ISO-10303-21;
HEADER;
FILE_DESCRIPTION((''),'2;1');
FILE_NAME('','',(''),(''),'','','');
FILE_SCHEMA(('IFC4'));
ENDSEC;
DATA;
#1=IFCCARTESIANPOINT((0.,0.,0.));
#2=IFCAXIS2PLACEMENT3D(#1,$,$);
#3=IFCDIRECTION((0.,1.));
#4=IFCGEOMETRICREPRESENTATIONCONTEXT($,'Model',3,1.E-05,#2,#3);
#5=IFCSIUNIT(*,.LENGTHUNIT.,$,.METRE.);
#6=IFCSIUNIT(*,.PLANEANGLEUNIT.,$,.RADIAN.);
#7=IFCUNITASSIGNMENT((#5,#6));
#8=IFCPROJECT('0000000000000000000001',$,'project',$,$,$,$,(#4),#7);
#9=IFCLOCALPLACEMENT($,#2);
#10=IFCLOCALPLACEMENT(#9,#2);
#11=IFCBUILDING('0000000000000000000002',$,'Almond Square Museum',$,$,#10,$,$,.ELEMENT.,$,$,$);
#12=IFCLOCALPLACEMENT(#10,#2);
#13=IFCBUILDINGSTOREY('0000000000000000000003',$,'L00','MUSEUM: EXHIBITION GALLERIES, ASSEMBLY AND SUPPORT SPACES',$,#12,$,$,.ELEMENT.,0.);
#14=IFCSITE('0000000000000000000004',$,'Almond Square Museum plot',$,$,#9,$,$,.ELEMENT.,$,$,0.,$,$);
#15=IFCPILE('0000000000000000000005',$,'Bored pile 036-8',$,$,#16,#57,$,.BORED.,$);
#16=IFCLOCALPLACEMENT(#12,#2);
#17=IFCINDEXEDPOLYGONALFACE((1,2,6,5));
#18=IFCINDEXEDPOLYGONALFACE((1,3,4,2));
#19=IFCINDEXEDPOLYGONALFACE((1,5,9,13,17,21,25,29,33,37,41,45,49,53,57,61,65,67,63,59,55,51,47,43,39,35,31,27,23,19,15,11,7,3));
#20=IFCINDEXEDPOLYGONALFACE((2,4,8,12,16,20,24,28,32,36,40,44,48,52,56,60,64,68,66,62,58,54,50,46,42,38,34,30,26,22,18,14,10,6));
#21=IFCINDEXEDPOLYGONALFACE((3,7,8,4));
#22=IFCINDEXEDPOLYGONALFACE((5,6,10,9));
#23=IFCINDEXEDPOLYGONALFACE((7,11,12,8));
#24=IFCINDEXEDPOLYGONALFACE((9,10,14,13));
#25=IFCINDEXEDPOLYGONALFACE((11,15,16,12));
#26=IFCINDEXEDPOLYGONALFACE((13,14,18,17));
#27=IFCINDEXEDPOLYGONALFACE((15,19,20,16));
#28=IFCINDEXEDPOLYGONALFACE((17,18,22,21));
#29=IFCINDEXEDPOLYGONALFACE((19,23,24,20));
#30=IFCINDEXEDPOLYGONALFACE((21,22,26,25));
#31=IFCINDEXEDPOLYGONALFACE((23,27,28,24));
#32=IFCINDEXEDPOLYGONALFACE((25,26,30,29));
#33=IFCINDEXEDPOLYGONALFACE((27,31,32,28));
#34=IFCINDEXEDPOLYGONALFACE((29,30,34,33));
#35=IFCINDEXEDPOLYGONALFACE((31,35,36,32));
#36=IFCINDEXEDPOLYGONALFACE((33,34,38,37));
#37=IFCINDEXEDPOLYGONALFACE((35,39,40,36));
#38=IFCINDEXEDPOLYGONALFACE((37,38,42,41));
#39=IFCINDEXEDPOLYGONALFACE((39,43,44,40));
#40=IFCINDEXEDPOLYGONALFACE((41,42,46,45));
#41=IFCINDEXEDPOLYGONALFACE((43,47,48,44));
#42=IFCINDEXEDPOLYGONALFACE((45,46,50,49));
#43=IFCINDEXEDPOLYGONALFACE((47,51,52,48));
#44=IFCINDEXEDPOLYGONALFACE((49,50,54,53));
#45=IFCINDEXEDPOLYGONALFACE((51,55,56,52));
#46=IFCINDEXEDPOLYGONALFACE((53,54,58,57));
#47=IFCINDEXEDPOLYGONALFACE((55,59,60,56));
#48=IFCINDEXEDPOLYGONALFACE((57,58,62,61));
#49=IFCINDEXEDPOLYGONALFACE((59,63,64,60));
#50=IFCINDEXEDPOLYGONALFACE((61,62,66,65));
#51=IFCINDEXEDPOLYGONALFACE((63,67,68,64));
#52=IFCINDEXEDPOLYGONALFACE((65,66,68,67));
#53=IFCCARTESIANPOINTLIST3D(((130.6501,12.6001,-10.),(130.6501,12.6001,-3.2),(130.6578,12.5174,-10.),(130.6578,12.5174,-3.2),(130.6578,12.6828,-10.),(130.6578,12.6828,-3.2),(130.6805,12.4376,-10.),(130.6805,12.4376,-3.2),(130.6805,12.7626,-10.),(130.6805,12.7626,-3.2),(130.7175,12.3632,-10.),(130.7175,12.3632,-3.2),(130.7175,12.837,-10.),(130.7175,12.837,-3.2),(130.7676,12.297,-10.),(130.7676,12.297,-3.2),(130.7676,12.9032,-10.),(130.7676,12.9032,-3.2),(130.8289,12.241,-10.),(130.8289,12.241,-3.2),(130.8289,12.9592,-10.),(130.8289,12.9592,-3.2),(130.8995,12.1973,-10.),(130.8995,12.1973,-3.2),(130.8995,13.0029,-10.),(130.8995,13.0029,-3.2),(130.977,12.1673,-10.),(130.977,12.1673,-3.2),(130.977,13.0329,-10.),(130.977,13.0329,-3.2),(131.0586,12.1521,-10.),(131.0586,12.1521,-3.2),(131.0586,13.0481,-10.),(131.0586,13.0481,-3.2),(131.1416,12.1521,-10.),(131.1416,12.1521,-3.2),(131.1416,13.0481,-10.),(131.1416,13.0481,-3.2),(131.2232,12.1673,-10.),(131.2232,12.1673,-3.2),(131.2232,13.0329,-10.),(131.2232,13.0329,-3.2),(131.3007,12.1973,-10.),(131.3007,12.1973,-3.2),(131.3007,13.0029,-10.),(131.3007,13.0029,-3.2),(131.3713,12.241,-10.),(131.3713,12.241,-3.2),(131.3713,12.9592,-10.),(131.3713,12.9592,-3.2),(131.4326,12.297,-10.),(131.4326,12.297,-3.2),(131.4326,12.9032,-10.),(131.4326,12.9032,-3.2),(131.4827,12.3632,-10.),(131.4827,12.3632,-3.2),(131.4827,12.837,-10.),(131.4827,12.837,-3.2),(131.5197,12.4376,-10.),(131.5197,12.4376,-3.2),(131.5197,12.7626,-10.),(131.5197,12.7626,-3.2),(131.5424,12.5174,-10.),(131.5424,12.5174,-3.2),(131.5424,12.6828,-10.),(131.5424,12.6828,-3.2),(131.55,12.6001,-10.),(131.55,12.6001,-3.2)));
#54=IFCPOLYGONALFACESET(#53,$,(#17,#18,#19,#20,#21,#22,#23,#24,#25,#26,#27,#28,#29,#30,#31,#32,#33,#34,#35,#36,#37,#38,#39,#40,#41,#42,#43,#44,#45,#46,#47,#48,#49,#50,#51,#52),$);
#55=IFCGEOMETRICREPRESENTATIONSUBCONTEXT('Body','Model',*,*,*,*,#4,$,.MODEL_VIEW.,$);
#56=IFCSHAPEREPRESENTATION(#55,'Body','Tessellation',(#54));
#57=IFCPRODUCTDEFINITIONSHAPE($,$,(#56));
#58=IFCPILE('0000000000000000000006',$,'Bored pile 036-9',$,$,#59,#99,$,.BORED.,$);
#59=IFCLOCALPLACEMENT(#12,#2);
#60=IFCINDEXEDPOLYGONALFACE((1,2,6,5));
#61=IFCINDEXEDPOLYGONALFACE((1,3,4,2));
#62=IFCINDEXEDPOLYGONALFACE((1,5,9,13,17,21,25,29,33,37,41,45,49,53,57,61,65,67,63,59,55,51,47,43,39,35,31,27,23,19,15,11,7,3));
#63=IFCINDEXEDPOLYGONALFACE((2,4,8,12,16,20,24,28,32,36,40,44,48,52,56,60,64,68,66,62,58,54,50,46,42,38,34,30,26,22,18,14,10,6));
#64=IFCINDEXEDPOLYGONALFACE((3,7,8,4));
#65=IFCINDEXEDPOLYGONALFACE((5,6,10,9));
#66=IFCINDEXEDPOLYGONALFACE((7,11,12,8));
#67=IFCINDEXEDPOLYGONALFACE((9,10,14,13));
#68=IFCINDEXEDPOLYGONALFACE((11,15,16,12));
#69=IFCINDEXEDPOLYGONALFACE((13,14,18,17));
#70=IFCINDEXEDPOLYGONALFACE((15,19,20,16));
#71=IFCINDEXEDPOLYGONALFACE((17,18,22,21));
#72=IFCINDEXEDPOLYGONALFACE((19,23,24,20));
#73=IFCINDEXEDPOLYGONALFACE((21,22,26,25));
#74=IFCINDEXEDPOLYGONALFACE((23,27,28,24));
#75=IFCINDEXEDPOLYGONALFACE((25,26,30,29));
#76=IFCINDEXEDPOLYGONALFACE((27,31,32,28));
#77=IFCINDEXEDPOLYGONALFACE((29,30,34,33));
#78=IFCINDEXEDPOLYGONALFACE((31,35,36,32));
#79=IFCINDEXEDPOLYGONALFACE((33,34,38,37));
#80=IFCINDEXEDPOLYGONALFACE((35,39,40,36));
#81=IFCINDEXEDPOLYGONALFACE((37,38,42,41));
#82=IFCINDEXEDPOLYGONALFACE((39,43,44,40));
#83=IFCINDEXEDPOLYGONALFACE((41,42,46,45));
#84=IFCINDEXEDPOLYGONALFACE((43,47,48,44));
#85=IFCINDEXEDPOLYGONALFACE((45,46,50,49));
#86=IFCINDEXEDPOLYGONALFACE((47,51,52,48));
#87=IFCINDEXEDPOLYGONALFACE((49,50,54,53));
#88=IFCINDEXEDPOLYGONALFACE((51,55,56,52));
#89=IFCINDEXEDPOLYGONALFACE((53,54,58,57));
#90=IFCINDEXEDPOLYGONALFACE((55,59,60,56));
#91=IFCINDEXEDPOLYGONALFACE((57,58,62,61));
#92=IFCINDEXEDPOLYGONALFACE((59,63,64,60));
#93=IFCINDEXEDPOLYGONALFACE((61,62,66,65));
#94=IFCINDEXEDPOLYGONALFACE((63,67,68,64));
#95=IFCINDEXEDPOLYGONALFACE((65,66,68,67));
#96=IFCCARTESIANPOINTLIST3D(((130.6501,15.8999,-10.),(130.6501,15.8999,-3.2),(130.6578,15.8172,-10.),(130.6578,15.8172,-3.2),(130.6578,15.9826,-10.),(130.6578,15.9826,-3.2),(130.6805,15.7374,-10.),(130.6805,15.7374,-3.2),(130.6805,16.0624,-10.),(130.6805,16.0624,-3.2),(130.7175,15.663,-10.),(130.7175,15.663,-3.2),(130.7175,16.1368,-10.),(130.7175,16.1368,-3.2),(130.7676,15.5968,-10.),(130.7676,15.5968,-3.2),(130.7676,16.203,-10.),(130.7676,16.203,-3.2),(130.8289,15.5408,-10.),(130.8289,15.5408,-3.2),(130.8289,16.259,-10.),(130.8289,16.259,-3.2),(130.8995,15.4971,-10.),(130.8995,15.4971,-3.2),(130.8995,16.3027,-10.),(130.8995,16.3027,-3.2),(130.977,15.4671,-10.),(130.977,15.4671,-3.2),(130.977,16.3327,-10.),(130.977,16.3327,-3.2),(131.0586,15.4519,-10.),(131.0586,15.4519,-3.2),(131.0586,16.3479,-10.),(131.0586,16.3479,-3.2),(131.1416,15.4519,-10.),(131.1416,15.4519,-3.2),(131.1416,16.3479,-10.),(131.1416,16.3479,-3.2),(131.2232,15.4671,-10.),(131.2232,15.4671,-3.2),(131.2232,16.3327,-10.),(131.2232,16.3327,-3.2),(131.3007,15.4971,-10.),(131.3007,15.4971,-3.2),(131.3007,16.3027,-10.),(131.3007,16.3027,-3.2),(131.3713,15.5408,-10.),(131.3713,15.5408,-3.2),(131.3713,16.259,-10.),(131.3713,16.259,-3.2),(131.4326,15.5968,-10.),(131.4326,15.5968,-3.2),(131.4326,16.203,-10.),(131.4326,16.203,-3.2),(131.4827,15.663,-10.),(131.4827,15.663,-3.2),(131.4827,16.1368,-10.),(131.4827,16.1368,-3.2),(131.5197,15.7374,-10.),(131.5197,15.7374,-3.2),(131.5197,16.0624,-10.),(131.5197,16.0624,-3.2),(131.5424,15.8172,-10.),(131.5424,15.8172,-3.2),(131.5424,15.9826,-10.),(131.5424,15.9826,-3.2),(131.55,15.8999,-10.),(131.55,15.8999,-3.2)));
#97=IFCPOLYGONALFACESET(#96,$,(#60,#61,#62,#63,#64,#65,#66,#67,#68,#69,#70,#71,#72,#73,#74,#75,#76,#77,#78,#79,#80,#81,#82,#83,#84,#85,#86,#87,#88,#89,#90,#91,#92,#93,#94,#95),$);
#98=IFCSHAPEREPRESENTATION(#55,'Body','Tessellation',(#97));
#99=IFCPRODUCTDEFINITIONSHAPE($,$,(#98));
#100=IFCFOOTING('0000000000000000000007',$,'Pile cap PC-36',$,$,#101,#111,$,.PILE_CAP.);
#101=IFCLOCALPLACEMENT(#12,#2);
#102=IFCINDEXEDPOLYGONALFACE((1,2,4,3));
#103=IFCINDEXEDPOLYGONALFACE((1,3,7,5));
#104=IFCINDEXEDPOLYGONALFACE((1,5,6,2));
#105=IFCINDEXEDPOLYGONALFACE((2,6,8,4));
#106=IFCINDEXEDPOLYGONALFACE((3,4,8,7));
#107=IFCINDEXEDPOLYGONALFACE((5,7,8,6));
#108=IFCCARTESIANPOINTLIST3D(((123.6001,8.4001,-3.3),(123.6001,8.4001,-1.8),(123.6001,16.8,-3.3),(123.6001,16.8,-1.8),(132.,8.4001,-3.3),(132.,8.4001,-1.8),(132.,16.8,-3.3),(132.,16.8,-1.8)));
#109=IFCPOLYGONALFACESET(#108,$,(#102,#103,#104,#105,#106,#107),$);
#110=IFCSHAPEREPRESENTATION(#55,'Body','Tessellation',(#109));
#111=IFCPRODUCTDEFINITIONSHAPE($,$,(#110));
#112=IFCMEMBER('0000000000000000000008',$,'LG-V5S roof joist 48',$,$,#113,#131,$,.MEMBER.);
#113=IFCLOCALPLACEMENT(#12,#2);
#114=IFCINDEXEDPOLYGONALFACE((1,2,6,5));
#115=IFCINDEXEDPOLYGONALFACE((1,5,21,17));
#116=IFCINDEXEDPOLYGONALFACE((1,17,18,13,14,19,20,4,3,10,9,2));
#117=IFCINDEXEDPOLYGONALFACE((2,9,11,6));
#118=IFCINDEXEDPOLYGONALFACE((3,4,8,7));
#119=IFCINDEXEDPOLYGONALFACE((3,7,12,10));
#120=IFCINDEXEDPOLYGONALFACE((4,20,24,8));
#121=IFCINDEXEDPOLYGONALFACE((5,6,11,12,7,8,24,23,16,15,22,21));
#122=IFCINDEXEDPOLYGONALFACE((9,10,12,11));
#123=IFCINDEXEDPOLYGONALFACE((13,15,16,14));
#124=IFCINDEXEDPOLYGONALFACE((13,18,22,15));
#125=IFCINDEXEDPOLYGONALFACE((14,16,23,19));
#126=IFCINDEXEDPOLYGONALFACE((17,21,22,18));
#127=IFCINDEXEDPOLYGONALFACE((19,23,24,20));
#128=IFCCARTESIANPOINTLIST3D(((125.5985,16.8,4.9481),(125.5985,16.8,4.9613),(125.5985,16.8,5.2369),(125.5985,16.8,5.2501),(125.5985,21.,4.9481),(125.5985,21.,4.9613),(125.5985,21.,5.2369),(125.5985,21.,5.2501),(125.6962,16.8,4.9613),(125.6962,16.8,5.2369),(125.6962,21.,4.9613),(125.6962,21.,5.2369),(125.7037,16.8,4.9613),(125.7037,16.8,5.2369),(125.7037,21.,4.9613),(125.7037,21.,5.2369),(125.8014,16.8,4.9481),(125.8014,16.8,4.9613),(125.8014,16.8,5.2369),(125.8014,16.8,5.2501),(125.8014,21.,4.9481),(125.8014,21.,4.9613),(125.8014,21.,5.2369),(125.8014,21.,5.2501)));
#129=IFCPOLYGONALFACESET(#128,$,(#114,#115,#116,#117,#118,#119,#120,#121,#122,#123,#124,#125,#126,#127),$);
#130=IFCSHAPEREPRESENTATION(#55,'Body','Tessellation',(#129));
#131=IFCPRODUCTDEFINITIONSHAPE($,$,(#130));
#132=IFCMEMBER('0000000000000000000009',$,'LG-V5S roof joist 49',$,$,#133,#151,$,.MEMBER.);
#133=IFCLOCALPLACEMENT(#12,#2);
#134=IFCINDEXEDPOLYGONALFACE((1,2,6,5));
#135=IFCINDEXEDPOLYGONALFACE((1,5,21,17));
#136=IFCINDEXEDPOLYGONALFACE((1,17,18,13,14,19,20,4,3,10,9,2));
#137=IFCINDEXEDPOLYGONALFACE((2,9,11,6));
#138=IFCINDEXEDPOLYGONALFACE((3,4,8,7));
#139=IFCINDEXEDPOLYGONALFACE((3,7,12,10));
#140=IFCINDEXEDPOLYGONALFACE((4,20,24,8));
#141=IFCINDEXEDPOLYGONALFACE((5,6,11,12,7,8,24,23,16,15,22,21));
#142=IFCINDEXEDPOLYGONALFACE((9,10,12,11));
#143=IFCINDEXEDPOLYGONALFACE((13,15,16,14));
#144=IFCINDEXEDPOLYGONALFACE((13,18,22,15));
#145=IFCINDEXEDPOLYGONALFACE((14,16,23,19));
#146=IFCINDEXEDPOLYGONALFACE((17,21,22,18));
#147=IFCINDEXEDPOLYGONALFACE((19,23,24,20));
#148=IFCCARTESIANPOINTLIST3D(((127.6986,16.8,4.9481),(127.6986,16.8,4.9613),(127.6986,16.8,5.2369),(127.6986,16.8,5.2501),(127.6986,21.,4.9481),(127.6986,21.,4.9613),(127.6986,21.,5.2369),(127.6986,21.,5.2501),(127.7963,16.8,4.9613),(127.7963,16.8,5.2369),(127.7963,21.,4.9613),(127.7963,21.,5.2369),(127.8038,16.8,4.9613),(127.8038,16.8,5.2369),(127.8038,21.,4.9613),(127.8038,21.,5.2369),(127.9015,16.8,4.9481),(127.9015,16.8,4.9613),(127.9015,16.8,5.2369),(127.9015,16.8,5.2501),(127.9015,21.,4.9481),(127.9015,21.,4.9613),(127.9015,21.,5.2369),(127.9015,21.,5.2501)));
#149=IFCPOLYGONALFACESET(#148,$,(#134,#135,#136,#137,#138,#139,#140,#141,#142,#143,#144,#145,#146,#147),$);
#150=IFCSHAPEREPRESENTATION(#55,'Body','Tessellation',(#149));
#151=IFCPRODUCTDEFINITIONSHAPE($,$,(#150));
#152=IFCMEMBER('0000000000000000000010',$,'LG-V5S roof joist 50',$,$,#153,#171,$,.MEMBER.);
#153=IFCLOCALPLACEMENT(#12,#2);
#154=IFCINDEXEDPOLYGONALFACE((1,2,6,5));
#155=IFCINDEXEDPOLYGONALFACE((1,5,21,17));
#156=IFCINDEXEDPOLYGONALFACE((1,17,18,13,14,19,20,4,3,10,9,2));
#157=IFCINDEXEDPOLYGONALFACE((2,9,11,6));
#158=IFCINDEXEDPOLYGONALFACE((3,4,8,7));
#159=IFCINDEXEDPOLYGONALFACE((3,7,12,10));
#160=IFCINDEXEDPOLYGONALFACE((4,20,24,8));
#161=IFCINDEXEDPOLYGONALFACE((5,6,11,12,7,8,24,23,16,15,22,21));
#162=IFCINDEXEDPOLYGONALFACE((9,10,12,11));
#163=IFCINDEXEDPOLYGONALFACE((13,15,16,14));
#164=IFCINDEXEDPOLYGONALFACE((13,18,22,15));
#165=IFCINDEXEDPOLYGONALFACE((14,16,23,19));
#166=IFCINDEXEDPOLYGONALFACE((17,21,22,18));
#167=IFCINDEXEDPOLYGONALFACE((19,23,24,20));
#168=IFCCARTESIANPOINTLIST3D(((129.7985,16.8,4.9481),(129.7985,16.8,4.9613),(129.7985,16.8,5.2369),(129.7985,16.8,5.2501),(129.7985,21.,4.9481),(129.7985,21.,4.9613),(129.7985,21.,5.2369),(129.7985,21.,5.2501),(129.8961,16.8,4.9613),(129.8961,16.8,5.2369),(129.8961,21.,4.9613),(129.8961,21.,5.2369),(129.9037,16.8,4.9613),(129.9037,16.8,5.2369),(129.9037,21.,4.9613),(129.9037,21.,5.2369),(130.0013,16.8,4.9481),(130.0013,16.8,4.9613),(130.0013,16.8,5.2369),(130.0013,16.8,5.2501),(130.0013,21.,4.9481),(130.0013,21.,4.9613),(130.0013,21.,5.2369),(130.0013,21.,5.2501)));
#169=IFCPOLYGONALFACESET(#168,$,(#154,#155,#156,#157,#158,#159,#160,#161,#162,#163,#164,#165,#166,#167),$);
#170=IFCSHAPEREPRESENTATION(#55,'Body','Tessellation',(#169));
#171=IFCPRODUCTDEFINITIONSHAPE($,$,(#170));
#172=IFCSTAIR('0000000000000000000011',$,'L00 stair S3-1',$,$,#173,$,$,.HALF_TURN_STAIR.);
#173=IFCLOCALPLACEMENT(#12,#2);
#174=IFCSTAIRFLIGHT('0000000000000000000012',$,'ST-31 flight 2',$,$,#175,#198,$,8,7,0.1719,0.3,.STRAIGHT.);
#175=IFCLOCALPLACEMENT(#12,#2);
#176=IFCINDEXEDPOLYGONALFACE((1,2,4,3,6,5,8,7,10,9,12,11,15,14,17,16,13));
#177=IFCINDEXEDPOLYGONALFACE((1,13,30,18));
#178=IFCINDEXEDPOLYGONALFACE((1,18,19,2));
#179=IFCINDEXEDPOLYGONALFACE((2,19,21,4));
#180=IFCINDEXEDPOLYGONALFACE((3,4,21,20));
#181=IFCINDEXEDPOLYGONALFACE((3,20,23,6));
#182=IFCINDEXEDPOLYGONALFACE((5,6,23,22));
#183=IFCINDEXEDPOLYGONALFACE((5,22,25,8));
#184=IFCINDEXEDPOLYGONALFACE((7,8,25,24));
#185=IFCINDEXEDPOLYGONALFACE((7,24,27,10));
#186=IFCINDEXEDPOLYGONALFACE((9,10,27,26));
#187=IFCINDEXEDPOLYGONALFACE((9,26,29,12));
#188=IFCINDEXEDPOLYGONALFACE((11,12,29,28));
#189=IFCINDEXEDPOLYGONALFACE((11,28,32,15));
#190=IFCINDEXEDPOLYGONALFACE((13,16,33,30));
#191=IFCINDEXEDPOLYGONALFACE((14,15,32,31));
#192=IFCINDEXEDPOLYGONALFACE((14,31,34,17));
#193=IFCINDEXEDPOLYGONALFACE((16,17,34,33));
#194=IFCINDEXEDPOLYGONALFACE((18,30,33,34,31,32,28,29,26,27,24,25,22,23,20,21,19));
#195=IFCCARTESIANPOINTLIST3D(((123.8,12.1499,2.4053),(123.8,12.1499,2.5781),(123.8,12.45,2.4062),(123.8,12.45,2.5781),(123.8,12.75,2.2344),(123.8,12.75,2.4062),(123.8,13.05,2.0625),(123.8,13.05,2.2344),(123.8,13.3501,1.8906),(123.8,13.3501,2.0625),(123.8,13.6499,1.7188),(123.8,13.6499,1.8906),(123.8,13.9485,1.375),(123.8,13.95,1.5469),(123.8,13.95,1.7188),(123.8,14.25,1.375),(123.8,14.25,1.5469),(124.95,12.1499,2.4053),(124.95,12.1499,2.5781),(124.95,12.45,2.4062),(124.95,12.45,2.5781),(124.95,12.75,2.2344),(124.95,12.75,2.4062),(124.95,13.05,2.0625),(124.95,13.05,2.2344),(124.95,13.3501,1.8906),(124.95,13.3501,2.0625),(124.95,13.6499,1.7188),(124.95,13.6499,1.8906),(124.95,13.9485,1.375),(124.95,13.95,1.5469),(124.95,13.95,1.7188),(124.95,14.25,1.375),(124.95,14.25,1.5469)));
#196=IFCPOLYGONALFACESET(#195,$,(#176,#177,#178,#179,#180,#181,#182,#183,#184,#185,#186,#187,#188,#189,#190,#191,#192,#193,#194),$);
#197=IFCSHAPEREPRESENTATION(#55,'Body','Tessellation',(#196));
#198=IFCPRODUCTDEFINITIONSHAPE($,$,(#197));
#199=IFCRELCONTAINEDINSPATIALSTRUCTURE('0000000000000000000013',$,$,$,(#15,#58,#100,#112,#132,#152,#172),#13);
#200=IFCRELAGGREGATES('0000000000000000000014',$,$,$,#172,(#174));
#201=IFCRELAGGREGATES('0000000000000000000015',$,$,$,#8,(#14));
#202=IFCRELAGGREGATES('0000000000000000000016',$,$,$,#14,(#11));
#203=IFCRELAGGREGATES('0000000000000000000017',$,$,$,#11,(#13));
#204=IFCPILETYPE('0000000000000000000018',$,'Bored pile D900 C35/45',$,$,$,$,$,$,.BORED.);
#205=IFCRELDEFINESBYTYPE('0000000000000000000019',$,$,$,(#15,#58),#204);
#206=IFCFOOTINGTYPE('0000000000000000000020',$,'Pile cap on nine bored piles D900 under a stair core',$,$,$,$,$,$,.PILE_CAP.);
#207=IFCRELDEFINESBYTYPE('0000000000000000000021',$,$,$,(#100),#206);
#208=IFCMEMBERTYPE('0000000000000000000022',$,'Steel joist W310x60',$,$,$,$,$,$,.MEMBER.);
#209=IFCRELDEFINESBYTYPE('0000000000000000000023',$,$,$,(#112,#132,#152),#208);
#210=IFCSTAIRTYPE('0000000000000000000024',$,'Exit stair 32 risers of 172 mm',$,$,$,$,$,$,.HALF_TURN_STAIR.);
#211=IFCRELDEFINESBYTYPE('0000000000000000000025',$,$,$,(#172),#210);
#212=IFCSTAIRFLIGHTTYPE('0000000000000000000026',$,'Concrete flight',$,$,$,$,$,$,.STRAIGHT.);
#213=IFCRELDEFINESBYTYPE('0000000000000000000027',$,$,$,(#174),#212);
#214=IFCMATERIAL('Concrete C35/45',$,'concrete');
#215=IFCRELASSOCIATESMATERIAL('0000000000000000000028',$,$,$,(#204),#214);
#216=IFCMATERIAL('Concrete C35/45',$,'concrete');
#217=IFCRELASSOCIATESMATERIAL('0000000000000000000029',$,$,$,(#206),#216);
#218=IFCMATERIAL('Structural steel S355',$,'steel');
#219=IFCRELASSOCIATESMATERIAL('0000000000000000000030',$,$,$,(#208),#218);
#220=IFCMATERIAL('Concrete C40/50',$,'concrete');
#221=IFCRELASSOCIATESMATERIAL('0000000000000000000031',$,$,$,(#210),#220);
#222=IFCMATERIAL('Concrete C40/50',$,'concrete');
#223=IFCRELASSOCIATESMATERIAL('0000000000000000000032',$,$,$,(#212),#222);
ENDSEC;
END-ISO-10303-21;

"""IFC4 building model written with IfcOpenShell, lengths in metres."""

from ifc_helpers import new_model, si_unit, direction, frame, origin, origin_2d, place, context, subcontext, project, spatial, polyline, rectangle, circle, i_section, outline, extrude, material, material_profile, profile_set, type_object, element, aggregate, save


model = new_model("IFC4")

# Units and contexts
model_context = context("Model", 3, precision=1e-05, world=origin(), true_north=direction((0.0, 1.0)))
body_context = subcontext(model_context, "Body", "Model", "MODEL_VIEW")
ifc_project = project(units=[si_unit("LENGTHUNIT", "METRE"), si_unit("PLANEANGLEUNIT", "RADIAN")], contexts=[model_context])

# Site, building, storey
site_placement = place(None, origin())
site = spatial("IfcSite", under=ifc_project, at=site_placement, Name="Almond Square Museum plot", CompositionType="ELEMENT", RefElevation=0.0)
building_placement = place(site_placement, origin())
building = spatial("IfcBuilding", under=site, at=building_placement, Name="Almond Square Museum", CompositionType="ELEMENT")
storey_placement = place(building_placement, origin())
storey = spatial("IfcBuildingStorey", under=building, at=storey_placement, Name="L00", Description="MUSEUM: EXHIBITION GALLERIES, ASSEMBLY AND SUPPORT SPACES", CompositionType="ELEMENT", Elevation=0.0)

# Piles
ifc_material_1 = material(Name="Concrete C35/45", Category="concrete")
ifc_material_profile_1 = material_profile(ifc_material_1, circle(Radius=0.45, at=origin_2d()))
ifc_profile_set_1 = profile_set([ifc_material_profile_1], Name="Concrete C35/45")
pile_type = type_object("IfcPileType", Name="Bored pile D900 C35/45", PredefinedType="BORED", material=ifc_profile_set_1)
for number, where, z_axis, x_axis, name in (
    (1, (131.1001, 12.6001, -3.2), (0.0, 0.0, -1.0), (1.0, 0.0, 0.0), "Bored pile 036-8"),
    (2, (131.1001, 15.8999, -3.2), (0.0, 0.0, -1.0), (1.0, 0.0, 0.0), "Bored pile 036-9"),
):
    element("IfcPile", number, at=place(storey_placement, frame(where, z_axis=z_axis, x_axis=x_axis)), inside=storey, type_object=pile_type, Name=name, PredefinedType="BORED", context=body_context, shape_type="SweptSolid", body=[
        extrude(circle(Radius=0.45, at=origin_2d()), origin(), (0.0, 0.0, 1.0), 6.8),
    ])

# Footing
ifc_material_2 = material(Name="Concrete C35/45", Category="concrete")
footing_type = type_object("IfcFootingType", Name="Pile cap on nine bored piles D900 under a stair core", PredefinedType="PILE_CAP", material=ifc_material_2)
footing_placement = place(storey_placement, frame((127.8, 12.6001, -3.3), z_axis=(0.0, 0.0, 1.0), x_axis=(1.0, 0.0, 0.0)))
element("IfcFooting", 3, at=footing_placement, inside=storey, type_object=footing_type, Name="Pile cap PC-36", PredefinedType="PILE_CAP", context=body_context, shape_type="SweptSolid", body=[
    extrude(rectangle(XDim=8.3999, YDim=8.3999, at=origin_2d()), origin(), (0.0, 0.0, 1.0), 1.5),
])

# Members
ifc_material_3 = material(Name="Structural steel S355", Category="steel")
ifc_material_profile_2 = material_profile(ifc_material_3, i_section(OverallWidth=0.2029, OverallDepth=0.302, WebThickness=0.0076, FlangeThickness=0.0132, at=origin_2d()))
ifc_profile_set_2 = profile_set([ifc_material_profile_2], Name="Structural steel S355")
member_type = type_object("IfcMemberType", Name="Steel joist W310x60", PredefinedType="MEMBER", material=ifc_profile_set_2)
for number, where, z_axis, x_axis, name in (
    (4, (125.7, 16.8, 5.0991), (0.0, 1.0, 0.0), (-1.0, 0.0, 0.0), "LG-V5S roof joist 48"),
    (5, (127.8, 16.8, 5.0991), (0.0, 1.0, 0.0), (-1.0, 0.0, 0.0), "LG-V5S roof joist 49"),
    (6, (129.8999, 16.8, 5.0991), (0.0, 1.0, 0.0), (-1.0, 0.0, 0.0), "LG-V5S roof joist 50"),
):
    element("IfcMember", number, at=place(storey_placement, frame(where, z_axis=z_axis, x_axis=x_axis)), inside=storey, type_object=member_type, Name=name, PredefinedType="MEMBER", context=body_context, shape_type="SweptSolid", body=[
        extrude(i_section(OverallWidth=0.2029, OverallDepth=0.302, WebThickness=0.0076, FlangeThickness=0.0132, at=origin_2d()), origin(), (0.0, 0.0, 1.0), 4.2),
    ])

# Stair, stair flight
ifc_material_4 = material(Name="Concrete C40/50", Category="concrete")
stair_type = type_object("IfcStairType", Name="Exit stair 32 risers of 172 mm", PredefinedType="HALF_TURN_STAIR", material=ifc_material_4)
stair_1_placement = place(storey_placement, origin())
stair_1 = element("IfcStair", 7, at=stair_1_placement, inside=storey, type_object=stair_type, Name="L00 stair S3-1", PredefinedType="HALF_TURN_STAIR")
ifc_material_5 = material(Name="Concrete C40/50", Category="concrete")
stair_flight_type = type_object("IfcStairFlightType", Name="Concrete flight", PredefinedType="STRAIGHT", material=ifc_material_5)
stair_flight_1_placement = place(storey_placement, frame((124.375, 14.25, 1.375), z_axis=(0.0, 0.0, 1.0), x_axis=(0.0, -1.0, 0.0)))
stair_flight_1 = element("IfcStairFlight", 8, at=stair_flight_1_placement, type_object=stair_flight_type, Name="ST-31 flight 2", NumberOfRisers=8, NumberOfTreads=7, PredefinedType="STRAIGHT", RiserHeight=0.1719, TreadLength=0.3, context=body_context, shape_type="SweptSolid", body=[
    extrude(outline(polyline([(0.0, 0.0), (0.0, 0.1719), (0.3, 0.1719), (0.3, 0.3438), (0.6001, 0.3438), (0.6001, 0.5156), (0.8999, 0.5156), (0.8999, 0.6875), (1.2, 0.6875), (1.2, 0.8594), (1.5, 0.8594), (1.5, 1.0312), (1.8, 1.0312), (1.8, 1.2031), (2.1001, 1.2031), (2.1001, 1.375), (2.1001, 1.0303), (0.3015, 0.0), (0.0, 0.0)])), frame((0.0, 0.575, 0.0), z_axis=(0.0, -1.0, 0.0), x_axis=(1.0, 0.0, 0.0)), (0.0, 0.0, 1.0), 1.1499),
])
aggregate(stair_1, [stair_flight_1])

save(model, "model.ifc")
